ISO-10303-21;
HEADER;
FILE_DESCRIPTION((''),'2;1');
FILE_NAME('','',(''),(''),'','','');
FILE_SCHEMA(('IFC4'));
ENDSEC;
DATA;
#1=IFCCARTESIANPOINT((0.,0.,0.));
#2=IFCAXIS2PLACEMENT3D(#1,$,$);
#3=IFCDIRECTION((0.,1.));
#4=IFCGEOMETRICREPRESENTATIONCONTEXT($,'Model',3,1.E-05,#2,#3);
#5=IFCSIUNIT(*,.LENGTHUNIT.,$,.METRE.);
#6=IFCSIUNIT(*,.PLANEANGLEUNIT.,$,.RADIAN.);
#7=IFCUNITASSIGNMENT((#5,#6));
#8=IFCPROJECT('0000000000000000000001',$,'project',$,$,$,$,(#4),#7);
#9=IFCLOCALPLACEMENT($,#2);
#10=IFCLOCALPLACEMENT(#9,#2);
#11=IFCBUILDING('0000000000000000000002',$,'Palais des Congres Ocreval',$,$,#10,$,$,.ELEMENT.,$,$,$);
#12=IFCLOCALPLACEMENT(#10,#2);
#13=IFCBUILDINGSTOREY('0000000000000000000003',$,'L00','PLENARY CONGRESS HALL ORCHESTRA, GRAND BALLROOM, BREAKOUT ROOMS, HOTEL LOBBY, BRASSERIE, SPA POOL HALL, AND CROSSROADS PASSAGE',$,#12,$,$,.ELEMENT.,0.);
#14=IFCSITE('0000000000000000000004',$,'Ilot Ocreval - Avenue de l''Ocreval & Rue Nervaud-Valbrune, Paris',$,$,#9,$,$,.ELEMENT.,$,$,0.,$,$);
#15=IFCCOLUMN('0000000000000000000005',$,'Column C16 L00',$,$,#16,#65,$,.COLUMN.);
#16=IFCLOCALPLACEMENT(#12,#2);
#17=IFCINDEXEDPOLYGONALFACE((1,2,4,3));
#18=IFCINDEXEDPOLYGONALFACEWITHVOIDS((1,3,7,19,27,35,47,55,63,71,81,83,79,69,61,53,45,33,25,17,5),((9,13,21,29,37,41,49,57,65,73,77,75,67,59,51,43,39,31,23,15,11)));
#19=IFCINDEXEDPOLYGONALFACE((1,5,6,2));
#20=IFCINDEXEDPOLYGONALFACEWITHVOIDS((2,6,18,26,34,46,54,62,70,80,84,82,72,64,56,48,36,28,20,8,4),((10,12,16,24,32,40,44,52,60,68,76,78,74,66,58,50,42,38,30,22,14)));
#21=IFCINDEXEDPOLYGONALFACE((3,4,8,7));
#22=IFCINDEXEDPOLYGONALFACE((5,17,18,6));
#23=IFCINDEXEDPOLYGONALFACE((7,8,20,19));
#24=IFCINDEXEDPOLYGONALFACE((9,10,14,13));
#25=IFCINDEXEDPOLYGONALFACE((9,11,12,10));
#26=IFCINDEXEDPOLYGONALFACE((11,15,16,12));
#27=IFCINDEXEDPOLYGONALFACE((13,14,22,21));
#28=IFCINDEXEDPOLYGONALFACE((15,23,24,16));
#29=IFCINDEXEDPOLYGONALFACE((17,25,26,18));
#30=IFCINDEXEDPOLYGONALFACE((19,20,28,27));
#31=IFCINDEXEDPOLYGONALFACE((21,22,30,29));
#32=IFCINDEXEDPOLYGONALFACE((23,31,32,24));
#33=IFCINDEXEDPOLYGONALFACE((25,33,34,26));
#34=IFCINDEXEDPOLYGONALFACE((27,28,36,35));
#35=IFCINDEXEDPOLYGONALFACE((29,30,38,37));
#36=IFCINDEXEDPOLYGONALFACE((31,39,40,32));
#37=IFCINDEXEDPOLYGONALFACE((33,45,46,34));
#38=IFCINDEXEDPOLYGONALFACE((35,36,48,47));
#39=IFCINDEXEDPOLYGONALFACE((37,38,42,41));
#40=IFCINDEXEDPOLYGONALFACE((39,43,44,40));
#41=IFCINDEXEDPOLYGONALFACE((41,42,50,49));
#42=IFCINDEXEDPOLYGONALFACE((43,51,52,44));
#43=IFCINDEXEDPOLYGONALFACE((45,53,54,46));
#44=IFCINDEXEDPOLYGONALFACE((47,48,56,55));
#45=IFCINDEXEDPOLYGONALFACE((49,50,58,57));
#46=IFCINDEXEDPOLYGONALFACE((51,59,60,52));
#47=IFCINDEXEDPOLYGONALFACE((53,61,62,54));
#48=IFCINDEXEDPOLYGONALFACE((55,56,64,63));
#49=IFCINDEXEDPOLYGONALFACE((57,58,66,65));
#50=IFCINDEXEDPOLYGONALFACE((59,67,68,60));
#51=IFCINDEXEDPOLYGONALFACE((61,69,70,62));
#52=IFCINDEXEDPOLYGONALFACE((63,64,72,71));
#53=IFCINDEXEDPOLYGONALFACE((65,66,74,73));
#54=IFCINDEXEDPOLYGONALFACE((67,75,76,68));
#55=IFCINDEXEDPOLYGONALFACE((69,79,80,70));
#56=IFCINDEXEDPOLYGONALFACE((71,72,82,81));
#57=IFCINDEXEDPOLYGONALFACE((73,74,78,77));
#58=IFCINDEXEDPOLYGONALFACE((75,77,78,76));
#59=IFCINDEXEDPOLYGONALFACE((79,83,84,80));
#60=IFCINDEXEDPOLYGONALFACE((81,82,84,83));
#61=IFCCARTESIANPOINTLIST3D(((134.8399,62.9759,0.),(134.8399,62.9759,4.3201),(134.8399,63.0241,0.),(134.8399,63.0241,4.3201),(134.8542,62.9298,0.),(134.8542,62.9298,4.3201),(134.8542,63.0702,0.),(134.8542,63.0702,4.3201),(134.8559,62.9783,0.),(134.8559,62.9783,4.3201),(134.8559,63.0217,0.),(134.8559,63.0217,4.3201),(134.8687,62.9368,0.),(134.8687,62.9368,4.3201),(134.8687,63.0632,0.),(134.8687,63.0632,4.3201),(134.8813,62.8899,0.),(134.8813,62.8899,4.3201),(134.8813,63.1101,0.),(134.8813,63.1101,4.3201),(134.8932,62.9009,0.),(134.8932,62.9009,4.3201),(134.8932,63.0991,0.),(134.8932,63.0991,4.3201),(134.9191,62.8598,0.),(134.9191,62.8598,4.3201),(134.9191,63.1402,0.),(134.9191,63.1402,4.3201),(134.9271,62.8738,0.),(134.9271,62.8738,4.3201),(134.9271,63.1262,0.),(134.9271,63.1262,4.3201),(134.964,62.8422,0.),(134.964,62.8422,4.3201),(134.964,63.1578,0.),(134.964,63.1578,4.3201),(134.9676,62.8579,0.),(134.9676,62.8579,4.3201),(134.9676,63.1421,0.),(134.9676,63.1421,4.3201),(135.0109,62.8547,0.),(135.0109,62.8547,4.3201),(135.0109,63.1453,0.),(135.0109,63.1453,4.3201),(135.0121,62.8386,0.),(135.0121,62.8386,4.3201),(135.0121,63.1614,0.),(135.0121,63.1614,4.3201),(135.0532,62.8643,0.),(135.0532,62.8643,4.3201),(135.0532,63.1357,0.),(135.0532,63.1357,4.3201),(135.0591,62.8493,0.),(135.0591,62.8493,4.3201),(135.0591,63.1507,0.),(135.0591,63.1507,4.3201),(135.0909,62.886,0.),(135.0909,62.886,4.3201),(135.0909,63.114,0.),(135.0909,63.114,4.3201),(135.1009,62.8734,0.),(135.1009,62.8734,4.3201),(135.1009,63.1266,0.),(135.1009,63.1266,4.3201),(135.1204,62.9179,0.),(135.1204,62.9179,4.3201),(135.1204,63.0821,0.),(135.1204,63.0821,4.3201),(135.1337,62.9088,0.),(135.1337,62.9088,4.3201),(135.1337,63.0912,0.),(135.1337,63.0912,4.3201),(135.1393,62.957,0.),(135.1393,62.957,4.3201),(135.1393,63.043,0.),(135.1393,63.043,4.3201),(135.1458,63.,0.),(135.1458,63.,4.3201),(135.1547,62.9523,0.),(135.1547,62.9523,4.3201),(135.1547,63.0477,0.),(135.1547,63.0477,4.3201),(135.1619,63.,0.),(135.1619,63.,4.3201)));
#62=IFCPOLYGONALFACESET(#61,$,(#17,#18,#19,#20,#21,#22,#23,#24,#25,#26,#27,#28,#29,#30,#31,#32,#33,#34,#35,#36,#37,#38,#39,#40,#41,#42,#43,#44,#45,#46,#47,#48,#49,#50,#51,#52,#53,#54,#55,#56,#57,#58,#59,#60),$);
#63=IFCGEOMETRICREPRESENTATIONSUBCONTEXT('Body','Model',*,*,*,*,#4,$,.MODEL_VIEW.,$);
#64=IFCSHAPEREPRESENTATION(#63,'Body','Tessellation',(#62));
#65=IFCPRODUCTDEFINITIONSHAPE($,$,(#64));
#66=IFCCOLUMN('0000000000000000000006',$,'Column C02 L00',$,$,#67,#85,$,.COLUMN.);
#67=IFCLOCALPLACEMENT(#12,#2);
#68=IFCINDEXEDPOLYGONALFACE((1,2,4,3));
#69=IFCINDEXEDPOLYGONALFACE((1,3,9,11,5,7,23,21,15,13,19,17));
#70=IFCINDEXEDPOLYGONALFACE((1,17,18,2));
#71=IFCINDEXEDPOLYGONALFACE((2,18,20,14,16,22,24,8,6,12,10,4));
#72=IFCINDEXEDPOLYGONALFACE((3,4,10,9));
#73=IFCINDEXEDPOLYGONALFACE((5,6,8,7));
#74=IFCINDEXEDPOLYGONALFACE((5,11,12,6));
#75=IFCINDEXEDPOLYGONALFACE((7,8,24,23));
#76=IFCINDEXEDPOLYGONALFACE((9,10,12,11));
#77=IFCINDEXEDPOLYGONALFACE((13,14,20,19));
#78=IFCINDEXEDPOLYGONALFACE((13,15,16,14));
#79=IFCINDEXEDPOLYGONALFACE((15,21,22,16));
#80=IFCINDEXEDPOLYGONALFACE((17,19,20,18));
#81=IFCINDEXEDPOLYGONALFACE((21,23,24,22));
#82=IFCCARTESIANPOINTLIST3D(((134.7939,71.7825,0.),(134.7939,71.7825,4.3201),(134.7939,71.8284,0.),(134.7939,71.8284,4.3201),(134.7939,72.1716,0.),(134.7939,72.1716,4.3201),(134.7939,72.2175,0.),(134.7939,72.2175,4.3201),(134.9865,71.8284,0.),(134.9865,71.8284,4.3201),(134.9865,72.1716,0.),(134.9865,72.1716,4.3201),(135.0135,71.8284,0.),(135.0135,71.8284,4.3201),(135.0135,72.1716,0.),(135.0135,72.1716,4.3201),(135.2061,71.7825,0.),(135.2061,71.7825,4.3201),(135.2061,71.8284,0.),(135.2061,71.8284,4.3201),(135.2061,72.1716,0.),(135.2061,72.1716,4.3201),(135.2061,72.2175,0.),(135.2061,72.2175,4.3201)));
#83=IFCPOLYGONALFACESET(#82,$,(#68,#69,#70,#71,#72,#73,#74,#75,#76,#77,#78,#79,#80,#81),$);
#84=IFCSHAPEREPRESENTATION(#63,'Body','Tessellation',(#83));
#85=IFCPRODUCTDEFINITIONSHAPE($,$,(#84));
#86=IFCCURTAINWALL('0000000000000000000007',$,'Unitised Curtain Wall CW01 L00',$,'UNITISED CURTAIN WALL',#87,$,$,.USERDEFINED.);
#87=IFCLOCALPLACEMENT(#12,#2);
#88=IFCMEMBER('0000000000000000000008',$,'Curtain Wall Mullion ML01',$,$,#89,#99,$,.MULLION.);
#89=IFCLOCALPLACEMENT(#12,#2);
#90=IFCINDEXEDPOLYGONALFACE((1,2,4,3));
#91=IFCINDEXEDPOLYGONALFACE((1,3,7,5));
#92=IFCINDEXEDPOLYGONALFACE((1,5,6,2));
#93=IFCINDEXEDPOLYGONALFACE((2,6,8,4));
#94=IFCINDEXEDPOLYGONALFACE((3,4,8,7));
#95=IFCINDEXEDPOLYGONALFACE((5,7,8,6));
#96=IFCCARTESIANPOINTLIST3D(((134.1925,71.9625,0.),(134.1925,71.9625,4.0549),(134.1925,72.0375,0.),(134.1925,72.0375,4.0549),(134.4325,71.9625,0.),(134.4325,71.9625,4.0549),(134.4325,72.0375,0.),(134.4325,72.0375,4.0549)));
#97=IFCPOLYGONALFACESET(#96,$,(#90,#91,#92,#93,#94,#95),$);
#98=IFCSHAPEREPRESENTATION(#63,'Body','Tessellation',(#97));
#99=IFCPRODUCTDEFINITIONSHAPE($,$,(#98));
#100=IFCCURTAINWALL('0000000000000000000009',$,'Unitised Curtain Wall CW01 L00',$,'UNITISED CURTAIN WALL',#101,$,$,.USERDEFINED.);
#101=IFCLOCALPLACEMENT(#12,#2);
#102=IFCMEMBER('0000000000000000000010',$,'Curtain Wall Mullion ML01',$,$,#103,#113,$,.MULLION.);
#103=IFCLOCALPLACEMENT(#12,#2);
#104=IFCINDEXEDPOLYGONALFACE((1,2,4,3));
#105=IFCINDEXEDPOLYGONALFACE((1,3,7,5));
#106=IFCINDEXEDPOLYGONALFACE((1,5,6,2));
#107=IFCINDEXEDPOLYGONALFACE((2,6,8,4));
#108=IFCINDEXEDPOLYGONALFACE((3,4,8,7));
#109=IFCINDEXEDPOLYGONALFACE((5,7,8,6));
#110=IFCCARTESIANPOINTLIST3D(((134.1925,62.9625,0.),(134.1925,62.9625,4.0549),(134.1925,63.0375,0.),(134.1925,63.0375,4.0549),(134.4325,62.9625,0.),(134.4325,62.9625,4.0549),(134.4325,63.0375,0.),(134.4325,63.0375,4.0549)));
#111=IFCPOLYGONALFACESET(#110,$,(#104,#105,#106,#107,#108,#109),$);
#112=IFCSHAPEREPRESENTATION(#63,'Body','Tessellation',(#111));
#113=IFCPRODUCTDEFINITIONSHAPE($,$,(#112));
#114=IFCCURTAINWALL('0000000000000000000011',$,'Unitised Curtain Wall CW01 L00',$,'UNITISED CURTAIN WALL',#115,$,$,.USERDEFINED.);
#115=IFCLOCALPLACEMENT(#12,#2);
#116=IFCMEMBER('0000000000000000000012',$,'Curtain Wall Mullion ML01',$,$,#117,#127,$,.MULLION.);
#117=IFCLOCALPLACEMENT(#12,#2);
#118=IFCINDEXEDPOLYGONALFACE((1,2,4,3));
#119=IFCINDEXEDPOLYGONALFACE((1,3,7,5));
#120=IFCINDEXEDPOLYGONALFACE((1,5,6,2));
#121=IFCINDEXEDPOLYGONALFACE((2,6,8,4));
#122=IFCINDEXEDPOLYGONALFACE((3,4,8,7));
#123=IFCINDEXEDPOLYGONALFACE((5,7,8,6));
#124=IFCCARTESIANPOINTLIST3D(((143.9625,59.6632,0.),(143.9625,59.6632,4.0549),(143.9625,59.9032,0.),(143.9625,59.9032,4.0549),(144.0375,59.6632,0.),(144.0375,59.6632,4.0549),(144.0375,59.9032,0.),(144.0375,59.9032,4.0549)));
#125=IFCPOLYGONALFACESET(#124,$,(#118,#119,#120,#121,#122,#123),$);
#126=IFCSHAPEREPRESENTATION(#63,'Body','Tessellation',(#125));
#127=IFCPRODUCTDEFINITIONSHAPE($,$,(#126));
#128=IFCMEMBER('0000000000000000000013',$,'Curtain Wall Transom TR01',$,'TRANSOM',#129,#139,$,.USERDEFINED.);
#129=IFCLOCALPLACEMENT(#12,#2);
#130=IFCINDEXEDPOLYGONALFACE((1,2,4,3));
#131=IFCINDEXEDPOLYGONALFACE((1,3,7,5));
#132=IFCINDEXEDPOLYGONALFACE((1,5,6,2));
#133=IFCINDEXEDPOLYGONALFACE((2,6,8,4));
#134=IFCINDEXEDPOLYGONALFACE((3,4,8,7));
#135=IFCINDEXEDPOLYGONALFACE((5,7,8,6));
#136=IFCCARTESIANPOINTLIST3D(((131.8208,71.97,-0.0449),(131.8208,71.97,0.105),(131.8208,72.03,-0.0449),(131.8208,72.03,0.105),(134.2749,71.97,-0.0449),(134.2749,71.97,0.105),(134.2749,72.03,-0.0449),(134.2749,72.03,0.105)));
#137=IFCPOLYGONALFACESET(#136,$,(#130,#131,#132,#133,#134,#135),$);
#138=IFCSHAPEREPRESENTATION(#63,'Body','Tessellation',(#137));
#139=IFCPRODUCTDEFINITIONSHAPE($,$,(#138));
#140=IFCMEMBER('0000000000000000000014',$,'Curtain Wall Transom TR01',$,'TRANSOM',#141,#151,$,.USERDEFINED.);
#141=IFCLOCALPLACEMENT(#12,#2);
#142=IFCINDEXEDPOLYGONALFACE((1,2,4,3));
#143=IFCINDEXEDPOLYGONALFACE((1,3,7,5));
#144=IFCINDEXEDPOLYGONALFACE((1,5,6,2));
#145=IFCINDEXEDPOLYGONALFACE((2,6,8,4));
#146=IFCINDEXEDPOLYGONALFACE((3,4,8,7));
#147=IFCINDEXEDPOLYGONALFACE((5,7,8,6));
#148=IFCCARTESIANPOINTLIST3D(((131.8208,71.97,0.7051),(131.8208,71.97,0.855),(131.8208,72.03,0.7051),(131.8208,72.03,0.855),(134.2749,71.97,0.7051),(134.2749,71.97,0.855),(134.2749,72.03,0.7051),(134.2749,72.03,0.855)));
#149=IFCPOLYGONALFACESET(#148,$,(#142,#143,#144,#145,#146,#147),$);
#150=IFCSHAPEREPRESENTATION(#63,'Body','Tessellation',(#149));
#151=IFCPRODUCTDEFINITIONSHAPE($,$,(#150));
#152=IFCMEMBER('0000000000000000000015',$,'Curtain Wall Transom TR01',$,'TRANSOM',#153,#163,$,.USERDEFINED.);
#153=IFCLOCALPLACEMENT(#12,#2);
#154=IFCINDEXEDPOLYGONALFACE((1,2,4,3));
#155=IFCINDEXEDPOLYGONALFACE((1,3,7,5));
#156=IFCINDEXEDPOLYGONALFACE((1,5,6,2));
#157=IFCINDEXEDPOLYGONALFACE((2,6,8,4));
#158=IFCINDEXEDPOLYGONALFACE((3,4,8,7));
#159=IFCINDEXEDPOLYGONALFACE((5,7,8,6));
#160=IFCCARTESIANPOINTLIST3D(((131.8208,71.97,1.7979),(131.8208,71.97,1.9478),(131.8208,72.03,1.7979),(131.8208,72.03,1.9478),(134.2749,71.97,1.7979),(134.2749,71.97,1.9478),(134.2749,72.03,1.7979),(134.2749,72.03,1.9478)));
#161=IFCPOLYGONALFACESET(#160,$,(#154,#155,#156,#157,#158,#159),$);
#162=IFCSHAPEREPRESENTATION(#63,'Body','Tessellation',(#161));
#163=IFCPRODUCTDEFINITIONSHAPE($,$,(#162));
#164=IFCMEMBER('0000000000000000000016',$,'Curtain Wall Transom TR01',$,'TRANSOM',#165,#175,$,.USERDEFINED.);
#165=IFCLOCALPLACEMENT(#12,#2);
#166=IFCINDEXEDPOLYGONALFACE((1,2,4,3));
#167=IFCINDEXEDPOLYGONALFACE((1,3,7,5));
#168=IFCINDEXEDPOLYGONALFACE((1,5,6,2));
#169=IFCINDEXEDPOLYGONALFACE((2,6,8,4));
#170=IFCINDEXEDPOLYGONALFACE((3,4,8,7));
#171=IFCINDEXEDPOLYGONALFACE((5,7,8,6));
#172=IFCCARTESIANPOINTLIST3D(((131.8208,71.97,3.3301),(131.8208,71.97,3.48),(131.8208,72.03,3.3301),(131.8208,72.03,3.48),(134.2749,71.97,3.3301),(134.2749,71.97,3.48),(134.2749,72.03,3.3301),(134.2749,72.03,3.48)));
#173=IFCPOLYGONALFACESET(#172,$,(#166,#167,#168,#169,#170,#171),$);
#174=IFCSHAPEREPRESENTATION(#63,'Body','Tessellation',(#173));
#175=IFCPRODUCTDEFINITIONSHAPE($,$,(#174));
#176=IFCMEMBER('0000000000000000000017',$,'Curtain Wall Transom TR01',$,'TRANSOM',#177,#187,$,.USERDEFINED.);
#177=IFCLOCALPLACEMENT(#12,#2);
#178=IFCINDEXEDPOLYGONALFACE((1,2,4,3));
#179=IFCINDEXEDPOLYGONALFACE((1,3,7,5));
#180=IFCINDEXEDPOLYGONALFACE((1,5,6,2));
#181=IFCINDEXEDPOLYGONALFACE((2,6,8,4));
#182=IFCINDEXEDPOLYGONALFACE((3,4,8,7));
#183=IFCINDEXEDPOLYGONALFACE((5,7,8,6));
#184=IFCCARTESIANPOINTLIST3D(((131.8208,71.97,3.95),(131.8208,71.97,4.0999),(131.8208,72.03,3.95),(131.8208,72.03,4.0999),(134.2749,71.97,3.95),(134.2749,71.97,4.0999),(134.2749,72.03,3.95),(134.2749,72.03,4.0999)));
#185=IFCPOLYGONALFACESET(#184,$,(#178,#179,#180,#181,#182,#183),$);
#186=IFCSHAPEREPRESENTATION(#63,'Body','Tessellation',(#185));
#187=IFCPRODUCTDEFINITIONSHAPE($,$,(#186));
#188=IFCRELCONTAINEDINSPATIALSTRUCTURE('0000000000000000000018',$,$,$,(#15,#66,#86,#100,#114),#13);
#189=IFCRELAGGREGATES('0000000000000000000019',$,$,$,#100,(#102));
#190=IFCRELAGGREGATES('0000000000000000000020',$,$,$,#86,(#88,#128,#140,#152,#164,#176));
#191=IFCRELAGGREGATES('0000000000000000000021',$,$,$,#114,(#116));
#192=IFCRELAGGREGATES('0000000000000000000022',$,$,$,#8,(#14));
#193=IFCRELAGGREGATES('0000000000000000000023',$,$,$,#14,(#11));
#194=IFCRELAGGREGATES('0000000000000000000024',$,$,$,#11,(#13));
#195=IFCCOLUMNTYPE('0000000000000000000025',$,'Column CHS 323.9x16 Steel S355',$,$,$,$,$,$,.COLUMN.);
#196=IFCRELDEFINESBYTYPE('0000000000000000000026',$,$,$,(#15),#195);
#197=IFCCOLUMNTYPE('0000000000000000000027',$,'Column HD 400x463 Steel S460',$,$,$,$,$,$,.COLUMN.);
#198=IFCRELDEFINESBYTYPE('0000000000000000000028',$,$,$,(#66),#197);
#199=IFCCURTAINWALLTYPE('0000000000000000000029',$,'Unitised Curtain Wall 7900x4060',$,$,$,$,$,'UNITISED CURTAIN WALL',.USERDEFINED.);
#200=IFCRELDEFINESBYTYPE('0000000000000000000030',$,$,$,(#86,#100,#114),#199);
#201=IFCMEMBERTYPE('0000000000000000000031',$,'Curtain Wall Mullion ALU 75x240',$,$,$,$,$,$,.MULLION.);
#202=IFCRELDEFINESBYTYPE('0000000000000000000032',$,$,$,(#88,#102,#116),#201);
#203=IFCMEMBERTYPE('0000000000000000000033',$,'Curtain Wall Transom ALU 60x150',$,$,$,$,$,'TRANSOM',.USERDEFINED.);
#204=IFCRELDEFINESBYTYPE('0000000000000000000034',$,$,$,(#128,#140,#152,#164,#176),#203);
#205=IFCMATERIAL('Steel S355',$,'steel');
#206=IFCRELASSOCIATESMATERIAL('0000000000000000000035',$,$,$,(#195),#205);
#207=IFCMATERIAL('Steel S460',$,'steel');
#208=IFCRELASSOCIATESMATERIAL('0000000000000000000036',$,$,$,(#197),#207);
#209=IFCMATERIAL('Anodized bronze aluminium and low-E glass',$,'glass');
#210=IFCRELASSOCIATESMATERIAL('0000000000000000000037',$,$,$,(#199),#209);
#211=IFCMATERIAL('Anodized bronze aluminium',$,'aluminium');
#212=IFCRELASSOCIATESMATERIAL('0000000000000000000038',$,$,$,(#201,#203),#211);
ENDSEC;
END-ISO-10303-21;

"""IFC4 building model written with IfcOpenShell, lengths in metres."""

from ifc_helpers import new_model, si_unit, direction, frame, origin, origin_2d, place, context, subcontext, project, spatial, rectangle, hollow_circle, i_section, extrude, material, material_profile, profile_set, type_object, element, aggregate, save


model = new_model("IFC4")

# Units and contexts
model_context = context("Model", 3, precision=1e-05, world=origin(), true_north=direction((0.0, 1.0)))
body_context = subcontext(model_context, "Body", "Model", "MODEL_VIEW")
ifc_project = project(units=[si_unit("LENGTHUNIT", "METRE"), si_unit("PLANEANGLEUNIT", "RADIAN")], contexts=[model_context])

# Site, building, storey
site_placement = place(None, origin())
site = spatial("IfcSite", under=ifc_project, at=site_placement, Name="Ilot Ocreval - Avenue de l'Ocreval & Rue Nervaud-Valbrune, Paris", CompositionType="ELEMENT", RefElevation=0.0)
building_placement = place(site_placement, origin())
building = spatial("IfcBuilding", under=site, at=building_placement, Name="Palais des Congres Ocreval", CompositionType="ELEMENT")
storey_placement = place(building_placement, origin())
storey = spatial("IfcBuildingStorey", under=building, at=storey_placement, Name="L00", Description="PLENARY CONGRESS HALL ORCHESTRA, GRAND BALLROOM, BREAKOUT ROOMS, HOTEL LOBBY, BRASSERIE, SPA POOL HALL, AND CROSSROADS PASSAGE", CompositionType="ELEMENT", Elevation=0.0)

# Columns
ifc_material_1 = material(Name="Steel S355", Category="steel")
ifc_material_profile_1 = material_profile(ifc_material_1, hollow_circle(Radius=0.1619, WallThickness=0.0161, at=origin_2d()), Name="CHS 323.9x16")
ifc_profile_set_1 = profile_set([ifc_material_profile_1], Name="Steel S355")
column_type_1 = type_object("IfcColumnType", Name="Column CHS 323.9x16 Steel S355", PredefinedType="COLUMN", material=ifc_profile_set_1)
column_1_placement = place(storey_placement, frame((135.0, 63.0, 0.0), z_axis=(0.0, 0.0, 1.0), x_axis=(1.0, 0.0, 0.0)))
element("IfcColumn", 1, at=column_1_placement, inside=storey, type_object=column_type_1, Name="Column C16 L00", PredefinedType="COLUMN", context=body_context, shape_type="SweptSolid", body=[
    extrude(hollow_circle(Radius=0.1619, WallThickness=0.0161, at=origin_2d()), origin(), (0.0, 0.0, 1.0), 4.3201),
])
ifc_material_2 = material(Name="Steel S460", Category="steel")
ifc_material_profile_2 = material_profile(ifc_material_2, i_section(OverallWidth=0.4121, OverallDepth=0.4351, WebThickness=0.0271, FlangeThickness=0.0459, at=origin_2d()), Name="HD 400x463")
ifc_profile_set_2 = profile_set([ifc_material_profile_2], Name="Steel S460")
column_type_2 = type_object("IfcColumnType", Name="Column HD 400x463 Steel S460", PredefinedType="COLUMN", material=ifc_profile_set_2)
column_2_placement = place(storey_placement, frame((135.0, 72.0, 0.0), z_axis=(0.0, 0.0, 1.0), x_axis=(1.0, 0.0, 0.0)))
element("IfcColumn", 2, at=column_2_placement, inside=storey, type_object=column_type_2, Name="Column C02 L00", PredefinedType="COLUMN", context=body_context, shape_type="SweptSolid", body=[
    extrude(i_section(OverallWidth=0.4121, OverallDepth=0.4351, WebThickness=0.0271, FlangeThickness=0.0459, at=origin_2d()), origin(), (0.0, 0.0, 1.0), 4.3201),
])

# Curtain walls, members
ifc_material_3 = material(Name="Anodized bronze aluminium and low-E glass", Category="glass")
curtain_wall_type = type_object("IfcCurtainWallType", Name="Unitised Curtain Wall 7900x4060", ElementType="UNITISED CURTAIN WALL", PredefinedType="USERDEFINED", material=ifc_material_3)
curtain_wall_1_placement = place(storey_placement, origin())
curtain_wall_1 = element("IfcCurtainWall", 3, at=curtain_wall_1_placement, inside=storey, type_object=curtain_wall_type, Name="Unitised Curtain Wall CW01 L00", ObjectType="UNITISED CURTAIN WALL", PredefinedType="USERDEFINED")
ifc_material_4 = material(Name="Anodized bronze aluminium", Category="aluminium")
ifc_material_profile_3 = material_profile(ifc_material_4, rectangle(XDim=0.075, YDim=0.24, at=origin_2d()), Name="ALU 75x240")
ifc_profile_set_3 = profile_set([ifc_material_profile_3], Name="Anodized bronze aluminium")
member_type_1 = type_object("IfcMemberType", Name="Curtain Wall Mullion ALU 75x240", PredefinedType="MULLION", material=ifc_profile_set_3)
member_1_placement = place(storey_placement, frame((134.3125, 72.0, 0.0), z_axis=(0.0, 0.0, 1.0), x_axis=(0.0, -1.0, 0.0)))
member_1 = element("IfcMember", 4, at=member_1_placement, type_object=member_type_1, Name="Curtain Wall Mullion ML01", PredefinedType="MULLION", context=body_context, shape_type="SweptSolid", body=[
    extrude(rectangle(XDim=0.075, YDim=0.24, at=origin_2d()), origin(), (0.0, 0.0, 1.0), 4.0549),
])
curtain_wall_2_placement = place(storey_placement, origin())
curtain_wall_2 = element("IfcCurtainWall", 5, at=curtain_wall_2_placement, inside=storey, type_object=curtain_wall_type, Name="Unitised Curtain Wall CW01 L00", ObjectType="UNITISED CURTAIN WALL", PredefinedType="USERDEFINED")
member_2_placement = place(storey_placement, frame((134.3125, 63.0, 0.0), z_axis=(0.0, 0.0, 1.0), x_axis=(0.0, 1.0, 0.0)))
member_2 = element("IfcMember", 6, at=member_2_placement, type_object=member_type_1, Name="Curtain Wall Mullion ML01", PredefinedType="MULLION", context=body_context, shape_type="SweptSolid", body=[
    extrude(rectangle(XDim=0.075, YDim=0.24, at=origin_2d()), origin(), (0.0, 0.0, 1.0), 4.0549),
])
curtain_wall_3_placement = place(storey_placement, origin())
curtain_wall_3 = element("IfcCurtainWall", 7, at=curtain_wall_3_placement, inside=storey, type_object=curtain_wall_type, Name="Unitised Curtain Wall CW01 L00", ObjectType="UNITISED CURTAIN WALL", PredefinedType="USERDEFINED")
member_3_placement = place(storey_placement, frame((144.0, 59.7832, 0.0), z_axis=(0.0, 0.0, 1.0), x_axis=(1.0, 0.0, 0.0)))
member_3 = element("IfcMember", 8, at=member_3_placement, type_object=member_type_1, Name="Curtain Wall Mullion ML01", PredefinedType="MULLION", context=body_context, shape_type="SweptSolid", body=[
    extrude(rectangle(XDim=0.075, YDim=0.24, at=origin_2d()), origin(), (0.0, 0.0, 1.0), 4.0549),
])

# Members
ifc_material_profile_4 = material_profile(ifc_material_4, rectangle(XDim=0.0601, YDim=0.1499, at=origin_2d()), Name="ALU 60x150")
ifc_profile_set_4 = profile_set([ifc_material_profile_4], Name="Anodized bronze aluminium")
member_type_2 = type_object("IfcMemberType", Name="Curtain Wall Transom ALU 60x150", ElementType="TRANSOM", PredefinedType="USERDEFINED", material=ifc_profile_set_4)
member_4_placement = place(storey_placement, frame((134.2749, 72.0, 0.03), z_axis=(-1.0, 0.0, 0.0), x_axis=(0.0, -1.0, 0.0)))
member_4 = element("IfcMember", 9, at=member_4_placement, type_object=member_type_2, Name="Curtain Wall Transom TR01", ObjectType="TRANSOM", PredefinedType="USERDEFINED", context=body_context, shape_type="SweptSolid", body=[
    extrude(rectangle(XDim=0.0601, YDim=0.1499, at=origin_2d()), origin(), (0.0, 0.0, 1.0), 2.4541),
])
member_5_placement = place(storey_placement, frame((134.2749, 72.0, 0.78), z_axis=(-1.0, 0.0, 0.0), x_axis=(0.0, -1.0, 0.0)))
member_5 = element("IfcMember", 10, at=member_5_placement, type_object=member_type_2, Name="Curtain Wall Transom TR01", ObjectType="TRANSOM", PredefinedType="USERDEFINED", context=body_context, shape_type="SweptSolid", body=[
    extrude(rectangle(XDim=0.0601, YDim=0.1499, at=origin_2d()), origin(), (0.0, 0.0, 1.0), 2.4541),
])
member_6_placement = place(storey_placement, frame((134.2749, 72.0, 1.8728), z_axis=(-1.0, 0.0, 0.0), x_axis=(0.0, -1.0, 0.0)))
member_6 = element("IfcMember", 11, at=member_6_placement, type_object=member_type_2, Name="Curtain Wall Transom TR01", ObjectType="TRANSOM", PredefinedType="USERDEFINED", context=body_context, shape_type="SweptSolid", body=[
    extrude(rectangle(XDim=0.0601, YDim=0.1499, at=origin_2d()), origin(), (0.0, 0.0, 1.0), 2.4541),
])
member_7_placement = place(storey_placement, frame((134.2749, 72.0, 3.405), z_axis=(-1.0, 0.0, 0.0), x_axis=(0.0, -1.0, 0.0)))
member_7 = element("IfcMember", 12, at=member_7_placement, type_object=member_type_2, Name="Curtain Wall Transom TR01", ObjectType="TRANSOM", PredefinedType="USERDEFINED", context=body_context, shape_type="SweptSolid", body=[
    extrude(rectangle(XDim=0.0601, YDim=0.1499, at=origin_2d()), origin(), (0.0, 0.0, 1.0), 2.4541),
])
member_8_placement = place(storey_placement, frame((134.2749, 72.0, 4.0249), z_axis=(-1.0, 0.0, 0.0), x_axis=(0.0, -1.0, 0.0)))
member_8 = element("IfcMember", 13, at=member_8_placement, type_object=member_type_2, Name="Curtain Wall Transom TR01", ObjectType="TRANSOM", PredefinedType="USERDEFINED", context=body_context, shape_type="SweptSolid", body=[
    extrude(rectangle(XDim=0.0601, YDim=0.1499, at=origin_2d()), origin(), (0.0, 0.0, 1.0), 2.4541),
])

aggregate(curtain_wall_2, [member_2])
aggregate(curtain_wall_1, [member_1, member_4, member_5, member_6, member_7, member_8])
aggregate(curtain_wall_3, [member_3])

save(model, "model.ifc")
